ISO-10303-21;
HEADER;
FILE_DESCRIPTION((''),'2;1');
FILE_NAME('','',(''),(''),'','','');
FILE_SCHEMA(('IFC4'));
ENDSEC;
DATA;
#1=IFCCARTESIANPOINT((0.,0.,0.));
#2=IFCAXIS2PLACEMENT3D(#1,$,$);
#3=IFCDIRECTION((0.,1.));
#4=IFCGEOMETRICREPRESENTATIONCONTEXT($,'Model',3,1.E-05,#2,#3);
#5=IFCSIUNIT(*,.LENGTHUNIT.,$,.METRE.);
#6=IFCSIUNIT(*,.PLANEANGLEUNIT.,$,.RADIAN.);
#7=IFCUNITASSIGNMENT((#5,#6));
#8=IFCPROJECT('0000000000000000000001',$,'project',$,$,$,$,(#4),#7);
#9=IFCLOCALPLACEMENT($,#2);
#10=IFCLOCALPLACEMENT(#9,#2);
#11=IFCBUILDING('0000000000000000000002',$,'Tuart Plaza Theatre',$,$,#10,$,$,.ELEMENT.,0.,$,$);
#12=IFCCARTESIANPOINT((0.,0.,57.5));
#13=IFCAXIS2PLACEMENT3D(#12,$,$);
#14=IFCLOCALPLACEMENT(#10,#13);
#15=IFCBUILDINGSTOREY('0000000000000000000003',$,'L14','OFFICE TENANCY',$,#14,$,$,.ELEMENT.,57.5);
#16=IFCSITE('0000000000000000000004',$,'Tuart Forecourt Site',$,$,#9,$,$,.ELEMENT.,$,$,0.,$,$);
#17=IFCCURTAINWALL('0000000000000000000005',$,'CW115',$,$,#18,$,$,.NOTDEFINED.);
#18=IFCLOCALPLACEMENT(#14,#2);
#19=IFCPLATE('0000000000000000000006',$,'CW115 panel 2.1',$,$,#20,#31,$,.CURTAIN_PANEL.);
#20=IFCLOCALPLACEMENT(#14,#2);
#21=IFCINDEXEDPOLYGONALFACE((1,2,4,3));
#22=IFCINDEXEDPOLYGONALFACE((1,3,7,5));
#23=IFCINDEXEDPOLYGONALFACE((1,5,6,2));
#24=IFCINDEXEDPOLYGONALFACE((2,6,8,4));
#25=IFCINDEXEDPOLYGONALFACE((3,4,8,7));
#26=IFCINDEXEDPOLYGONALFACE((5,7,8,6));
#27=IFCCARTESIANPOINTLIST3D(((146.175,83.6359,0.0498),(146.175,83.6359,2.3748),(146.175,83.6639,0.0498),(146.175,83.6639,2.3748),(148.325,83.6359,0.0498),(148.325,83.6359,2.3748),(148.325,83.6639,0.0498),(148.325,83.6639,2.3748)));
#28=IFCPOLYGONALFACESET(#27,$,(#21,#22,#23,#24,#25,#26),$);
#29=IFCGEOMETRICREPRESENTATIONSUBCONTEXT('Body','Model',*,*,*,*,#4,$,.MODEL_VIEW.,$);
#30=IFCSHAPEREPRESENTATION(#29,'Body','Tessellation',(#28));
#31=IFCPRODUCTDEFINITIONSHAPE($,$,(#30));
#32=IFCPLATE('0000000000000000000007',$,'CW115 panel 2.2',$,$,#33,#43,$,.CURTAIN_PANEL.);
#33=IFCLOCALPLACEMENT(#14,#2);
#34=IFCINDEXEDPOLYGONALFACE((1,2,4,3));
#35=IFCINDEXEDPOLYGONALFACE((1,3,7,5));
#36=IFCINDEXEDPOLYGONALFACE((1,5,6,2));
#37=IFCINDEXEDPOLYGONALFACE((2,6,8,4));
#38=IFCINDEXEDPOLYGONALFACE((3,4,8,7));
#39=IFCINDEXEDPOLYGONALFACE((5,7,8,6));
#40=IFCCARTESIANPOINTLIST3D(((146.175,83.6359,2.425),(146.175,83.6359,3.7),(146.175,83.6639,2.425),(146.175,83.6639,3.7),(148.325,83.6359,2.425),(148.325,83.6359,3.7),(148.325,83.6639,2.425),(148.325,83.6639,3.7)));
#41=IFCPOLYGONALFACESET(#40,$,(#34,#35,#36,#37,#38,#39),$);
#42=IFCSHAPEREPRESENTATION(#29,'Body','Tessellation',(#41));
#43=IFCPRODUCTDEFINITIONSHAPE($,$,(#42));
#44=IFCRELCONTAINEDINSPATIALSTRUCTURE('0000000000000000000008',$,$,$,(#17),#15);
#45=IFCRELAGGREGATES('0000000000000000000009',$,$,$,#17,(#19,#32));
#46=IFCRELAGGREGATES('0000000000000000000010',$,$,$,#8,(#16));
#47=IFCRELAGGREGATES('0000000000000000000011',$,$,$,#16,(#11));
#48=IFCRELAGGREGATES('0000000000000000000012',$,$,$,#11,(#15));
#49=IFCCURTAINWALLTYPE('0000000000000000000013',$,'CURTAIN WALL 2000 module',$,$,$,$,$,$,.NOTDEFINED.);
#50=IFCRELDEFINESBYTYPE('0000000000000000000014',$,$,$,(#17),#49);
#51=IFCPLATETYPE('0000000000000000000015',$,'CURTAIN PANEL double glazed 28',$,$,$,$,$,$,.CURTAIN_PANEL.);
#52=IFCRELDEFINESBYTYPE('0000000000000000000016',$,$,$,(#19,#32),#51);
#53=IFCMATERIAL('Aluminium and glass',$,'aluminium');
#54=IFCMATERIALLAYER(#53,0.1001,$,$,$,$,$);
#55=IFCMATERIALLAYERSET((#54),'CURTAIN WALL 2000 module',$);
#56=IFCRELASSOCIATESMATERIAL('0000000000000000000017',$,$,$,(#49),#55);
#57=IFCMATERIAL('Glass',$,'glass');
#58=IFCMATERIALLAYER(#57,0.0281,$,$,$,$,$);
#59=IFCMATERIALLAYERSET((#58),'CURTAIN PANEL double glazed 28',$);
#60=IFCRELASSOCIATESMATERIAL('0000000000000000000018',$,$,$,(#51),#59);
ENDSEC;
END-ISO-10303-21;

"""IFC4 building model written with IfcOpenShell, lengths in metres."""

from ifc_helpers import new_model, si_unit, direction, frame, origin, origin_2d, place, context, subcontext, project, spatial, rectangle, extrude, material, layer, layer_set, type_object, element, aggregate, save


model = new_model("IFC4")

# Units and contexts
model_context = context("Model", 3, precision=1e-05, world=origin(), true_north=direction((0.0, 1.0)))
body_context = subcontext(model_context, "Body", "Model", "MODEL_VIEW")
ifc_project = project(units=[si_unit("LENGTHUNIT", "METRE"), si_unit("PLANEANGLEUNIT", "RADIAN")], contexts=[model_context])

# Site, building, storey
site_placement = place(None, origin())
site = spatial("IfcSite", under=ifc_project, at=site_placement, Name="Tuart Forecourt Site", CompositionType="ELEMENT", RefElevation=0.0)
building_placement = place(site_placement, origin())
building = spatial("IfcBuilding", under=site, at=building_placement, Name="Tuart Plaza Theatre", CompositionType="ELEMENT", ElevationOfRefHeight=0.0)
storey_placement = place(building_placement, frame((0.0, 0.0, 57.5)))
storey = spatial("IfcBuildingStorey", under=building, at=storey_placement, Name="L14", Description="OFFICE TENANCY", CompositionType="ELEMENT", Elevation=57.5)

# Shared definitions
ifc_material_1 = material(Name="Aluminium and glass", Category="aluminium")
ifc_layer_1 = layer(ifc_material_1, 0.1001)
ifc_layer_set_1 = layer_set([ifc_layer_1], Name="CURTAIN WALL 2000 module")
curtain_wall_type = type_object("IfcCurtainWallType", Name="CURTAIN WALL 2000 module", PredefinedType="NOTDEFINED", material=ifc_layer_set_1)

# Curtain wall
curtain_wall_1_placement = place(storey_placement, origin())
curtain_wall_1 = element("IfcCurtainWall", 1, at=curtain_wall_1_placement, inside=storey, type_object=curtain_wall_type, Name="CW115", PredefinedType="NOTDEFINED")

# Plates
ifc_material_2 = material(Name="Glass", Category="glass")
ifc_layer_2 = layer(ifc_material_2, 0.0281)
ifc_layer_set_2 = layer_set([ifc_layer_2], Name="CURTAIN PANEL double glazed 28")
plate_type = type_object("IfcPlateType", Name="CURTAIN PANEL double glazed 28", PredefinedType="CURTAIN_PANEL", material=ifc_layer_set_2)
plate_1_placement = place(storey_placement, frame((147.25, 83.6499, 0.0498), z_axis=(0.0, 0.0, 1.0), x_axis=(-1.0, 0.0, 0.0)))
plate_1 = element("IfcPlate", 2, at=plate_1_placement, type_object=plate_type, Name="CW115 panel 2.1", PredefinedType="CURTAIN_PANEL", context=body_context, shape_type="SweptSolid", body=[
    extrude(rectangle(XDim=2.1499, YDim=0.0281, at=origin_2d()), origin(), (0.0, 0.0, 1.0), 2.325),
])
plate_2_placement = place(storey_placement, frame((147.25, 83.6499, 2.425), z_axis=(0.0, 0.0, 1.0), x_axis=(-1.0, 0.0, 0.0)))
plate_2 = element("IfcPlate", 3, at=plate_2_placement, type_object=plate_type, Name="CW115 panel 2.2", PredefinedType="CURTAIN_PANEL", context=body_context, shape_type="SweptSolid", body=[
    extrude(rectangle(XDim=2.1499, YDim=0.0281, at=origin_2d()), origin(), (0.0, 0.0, 1.0), 1.2749),
])
aggregate(curtain_wall_1, [plate_1, plate_2])

save(model, "model.ifc")
